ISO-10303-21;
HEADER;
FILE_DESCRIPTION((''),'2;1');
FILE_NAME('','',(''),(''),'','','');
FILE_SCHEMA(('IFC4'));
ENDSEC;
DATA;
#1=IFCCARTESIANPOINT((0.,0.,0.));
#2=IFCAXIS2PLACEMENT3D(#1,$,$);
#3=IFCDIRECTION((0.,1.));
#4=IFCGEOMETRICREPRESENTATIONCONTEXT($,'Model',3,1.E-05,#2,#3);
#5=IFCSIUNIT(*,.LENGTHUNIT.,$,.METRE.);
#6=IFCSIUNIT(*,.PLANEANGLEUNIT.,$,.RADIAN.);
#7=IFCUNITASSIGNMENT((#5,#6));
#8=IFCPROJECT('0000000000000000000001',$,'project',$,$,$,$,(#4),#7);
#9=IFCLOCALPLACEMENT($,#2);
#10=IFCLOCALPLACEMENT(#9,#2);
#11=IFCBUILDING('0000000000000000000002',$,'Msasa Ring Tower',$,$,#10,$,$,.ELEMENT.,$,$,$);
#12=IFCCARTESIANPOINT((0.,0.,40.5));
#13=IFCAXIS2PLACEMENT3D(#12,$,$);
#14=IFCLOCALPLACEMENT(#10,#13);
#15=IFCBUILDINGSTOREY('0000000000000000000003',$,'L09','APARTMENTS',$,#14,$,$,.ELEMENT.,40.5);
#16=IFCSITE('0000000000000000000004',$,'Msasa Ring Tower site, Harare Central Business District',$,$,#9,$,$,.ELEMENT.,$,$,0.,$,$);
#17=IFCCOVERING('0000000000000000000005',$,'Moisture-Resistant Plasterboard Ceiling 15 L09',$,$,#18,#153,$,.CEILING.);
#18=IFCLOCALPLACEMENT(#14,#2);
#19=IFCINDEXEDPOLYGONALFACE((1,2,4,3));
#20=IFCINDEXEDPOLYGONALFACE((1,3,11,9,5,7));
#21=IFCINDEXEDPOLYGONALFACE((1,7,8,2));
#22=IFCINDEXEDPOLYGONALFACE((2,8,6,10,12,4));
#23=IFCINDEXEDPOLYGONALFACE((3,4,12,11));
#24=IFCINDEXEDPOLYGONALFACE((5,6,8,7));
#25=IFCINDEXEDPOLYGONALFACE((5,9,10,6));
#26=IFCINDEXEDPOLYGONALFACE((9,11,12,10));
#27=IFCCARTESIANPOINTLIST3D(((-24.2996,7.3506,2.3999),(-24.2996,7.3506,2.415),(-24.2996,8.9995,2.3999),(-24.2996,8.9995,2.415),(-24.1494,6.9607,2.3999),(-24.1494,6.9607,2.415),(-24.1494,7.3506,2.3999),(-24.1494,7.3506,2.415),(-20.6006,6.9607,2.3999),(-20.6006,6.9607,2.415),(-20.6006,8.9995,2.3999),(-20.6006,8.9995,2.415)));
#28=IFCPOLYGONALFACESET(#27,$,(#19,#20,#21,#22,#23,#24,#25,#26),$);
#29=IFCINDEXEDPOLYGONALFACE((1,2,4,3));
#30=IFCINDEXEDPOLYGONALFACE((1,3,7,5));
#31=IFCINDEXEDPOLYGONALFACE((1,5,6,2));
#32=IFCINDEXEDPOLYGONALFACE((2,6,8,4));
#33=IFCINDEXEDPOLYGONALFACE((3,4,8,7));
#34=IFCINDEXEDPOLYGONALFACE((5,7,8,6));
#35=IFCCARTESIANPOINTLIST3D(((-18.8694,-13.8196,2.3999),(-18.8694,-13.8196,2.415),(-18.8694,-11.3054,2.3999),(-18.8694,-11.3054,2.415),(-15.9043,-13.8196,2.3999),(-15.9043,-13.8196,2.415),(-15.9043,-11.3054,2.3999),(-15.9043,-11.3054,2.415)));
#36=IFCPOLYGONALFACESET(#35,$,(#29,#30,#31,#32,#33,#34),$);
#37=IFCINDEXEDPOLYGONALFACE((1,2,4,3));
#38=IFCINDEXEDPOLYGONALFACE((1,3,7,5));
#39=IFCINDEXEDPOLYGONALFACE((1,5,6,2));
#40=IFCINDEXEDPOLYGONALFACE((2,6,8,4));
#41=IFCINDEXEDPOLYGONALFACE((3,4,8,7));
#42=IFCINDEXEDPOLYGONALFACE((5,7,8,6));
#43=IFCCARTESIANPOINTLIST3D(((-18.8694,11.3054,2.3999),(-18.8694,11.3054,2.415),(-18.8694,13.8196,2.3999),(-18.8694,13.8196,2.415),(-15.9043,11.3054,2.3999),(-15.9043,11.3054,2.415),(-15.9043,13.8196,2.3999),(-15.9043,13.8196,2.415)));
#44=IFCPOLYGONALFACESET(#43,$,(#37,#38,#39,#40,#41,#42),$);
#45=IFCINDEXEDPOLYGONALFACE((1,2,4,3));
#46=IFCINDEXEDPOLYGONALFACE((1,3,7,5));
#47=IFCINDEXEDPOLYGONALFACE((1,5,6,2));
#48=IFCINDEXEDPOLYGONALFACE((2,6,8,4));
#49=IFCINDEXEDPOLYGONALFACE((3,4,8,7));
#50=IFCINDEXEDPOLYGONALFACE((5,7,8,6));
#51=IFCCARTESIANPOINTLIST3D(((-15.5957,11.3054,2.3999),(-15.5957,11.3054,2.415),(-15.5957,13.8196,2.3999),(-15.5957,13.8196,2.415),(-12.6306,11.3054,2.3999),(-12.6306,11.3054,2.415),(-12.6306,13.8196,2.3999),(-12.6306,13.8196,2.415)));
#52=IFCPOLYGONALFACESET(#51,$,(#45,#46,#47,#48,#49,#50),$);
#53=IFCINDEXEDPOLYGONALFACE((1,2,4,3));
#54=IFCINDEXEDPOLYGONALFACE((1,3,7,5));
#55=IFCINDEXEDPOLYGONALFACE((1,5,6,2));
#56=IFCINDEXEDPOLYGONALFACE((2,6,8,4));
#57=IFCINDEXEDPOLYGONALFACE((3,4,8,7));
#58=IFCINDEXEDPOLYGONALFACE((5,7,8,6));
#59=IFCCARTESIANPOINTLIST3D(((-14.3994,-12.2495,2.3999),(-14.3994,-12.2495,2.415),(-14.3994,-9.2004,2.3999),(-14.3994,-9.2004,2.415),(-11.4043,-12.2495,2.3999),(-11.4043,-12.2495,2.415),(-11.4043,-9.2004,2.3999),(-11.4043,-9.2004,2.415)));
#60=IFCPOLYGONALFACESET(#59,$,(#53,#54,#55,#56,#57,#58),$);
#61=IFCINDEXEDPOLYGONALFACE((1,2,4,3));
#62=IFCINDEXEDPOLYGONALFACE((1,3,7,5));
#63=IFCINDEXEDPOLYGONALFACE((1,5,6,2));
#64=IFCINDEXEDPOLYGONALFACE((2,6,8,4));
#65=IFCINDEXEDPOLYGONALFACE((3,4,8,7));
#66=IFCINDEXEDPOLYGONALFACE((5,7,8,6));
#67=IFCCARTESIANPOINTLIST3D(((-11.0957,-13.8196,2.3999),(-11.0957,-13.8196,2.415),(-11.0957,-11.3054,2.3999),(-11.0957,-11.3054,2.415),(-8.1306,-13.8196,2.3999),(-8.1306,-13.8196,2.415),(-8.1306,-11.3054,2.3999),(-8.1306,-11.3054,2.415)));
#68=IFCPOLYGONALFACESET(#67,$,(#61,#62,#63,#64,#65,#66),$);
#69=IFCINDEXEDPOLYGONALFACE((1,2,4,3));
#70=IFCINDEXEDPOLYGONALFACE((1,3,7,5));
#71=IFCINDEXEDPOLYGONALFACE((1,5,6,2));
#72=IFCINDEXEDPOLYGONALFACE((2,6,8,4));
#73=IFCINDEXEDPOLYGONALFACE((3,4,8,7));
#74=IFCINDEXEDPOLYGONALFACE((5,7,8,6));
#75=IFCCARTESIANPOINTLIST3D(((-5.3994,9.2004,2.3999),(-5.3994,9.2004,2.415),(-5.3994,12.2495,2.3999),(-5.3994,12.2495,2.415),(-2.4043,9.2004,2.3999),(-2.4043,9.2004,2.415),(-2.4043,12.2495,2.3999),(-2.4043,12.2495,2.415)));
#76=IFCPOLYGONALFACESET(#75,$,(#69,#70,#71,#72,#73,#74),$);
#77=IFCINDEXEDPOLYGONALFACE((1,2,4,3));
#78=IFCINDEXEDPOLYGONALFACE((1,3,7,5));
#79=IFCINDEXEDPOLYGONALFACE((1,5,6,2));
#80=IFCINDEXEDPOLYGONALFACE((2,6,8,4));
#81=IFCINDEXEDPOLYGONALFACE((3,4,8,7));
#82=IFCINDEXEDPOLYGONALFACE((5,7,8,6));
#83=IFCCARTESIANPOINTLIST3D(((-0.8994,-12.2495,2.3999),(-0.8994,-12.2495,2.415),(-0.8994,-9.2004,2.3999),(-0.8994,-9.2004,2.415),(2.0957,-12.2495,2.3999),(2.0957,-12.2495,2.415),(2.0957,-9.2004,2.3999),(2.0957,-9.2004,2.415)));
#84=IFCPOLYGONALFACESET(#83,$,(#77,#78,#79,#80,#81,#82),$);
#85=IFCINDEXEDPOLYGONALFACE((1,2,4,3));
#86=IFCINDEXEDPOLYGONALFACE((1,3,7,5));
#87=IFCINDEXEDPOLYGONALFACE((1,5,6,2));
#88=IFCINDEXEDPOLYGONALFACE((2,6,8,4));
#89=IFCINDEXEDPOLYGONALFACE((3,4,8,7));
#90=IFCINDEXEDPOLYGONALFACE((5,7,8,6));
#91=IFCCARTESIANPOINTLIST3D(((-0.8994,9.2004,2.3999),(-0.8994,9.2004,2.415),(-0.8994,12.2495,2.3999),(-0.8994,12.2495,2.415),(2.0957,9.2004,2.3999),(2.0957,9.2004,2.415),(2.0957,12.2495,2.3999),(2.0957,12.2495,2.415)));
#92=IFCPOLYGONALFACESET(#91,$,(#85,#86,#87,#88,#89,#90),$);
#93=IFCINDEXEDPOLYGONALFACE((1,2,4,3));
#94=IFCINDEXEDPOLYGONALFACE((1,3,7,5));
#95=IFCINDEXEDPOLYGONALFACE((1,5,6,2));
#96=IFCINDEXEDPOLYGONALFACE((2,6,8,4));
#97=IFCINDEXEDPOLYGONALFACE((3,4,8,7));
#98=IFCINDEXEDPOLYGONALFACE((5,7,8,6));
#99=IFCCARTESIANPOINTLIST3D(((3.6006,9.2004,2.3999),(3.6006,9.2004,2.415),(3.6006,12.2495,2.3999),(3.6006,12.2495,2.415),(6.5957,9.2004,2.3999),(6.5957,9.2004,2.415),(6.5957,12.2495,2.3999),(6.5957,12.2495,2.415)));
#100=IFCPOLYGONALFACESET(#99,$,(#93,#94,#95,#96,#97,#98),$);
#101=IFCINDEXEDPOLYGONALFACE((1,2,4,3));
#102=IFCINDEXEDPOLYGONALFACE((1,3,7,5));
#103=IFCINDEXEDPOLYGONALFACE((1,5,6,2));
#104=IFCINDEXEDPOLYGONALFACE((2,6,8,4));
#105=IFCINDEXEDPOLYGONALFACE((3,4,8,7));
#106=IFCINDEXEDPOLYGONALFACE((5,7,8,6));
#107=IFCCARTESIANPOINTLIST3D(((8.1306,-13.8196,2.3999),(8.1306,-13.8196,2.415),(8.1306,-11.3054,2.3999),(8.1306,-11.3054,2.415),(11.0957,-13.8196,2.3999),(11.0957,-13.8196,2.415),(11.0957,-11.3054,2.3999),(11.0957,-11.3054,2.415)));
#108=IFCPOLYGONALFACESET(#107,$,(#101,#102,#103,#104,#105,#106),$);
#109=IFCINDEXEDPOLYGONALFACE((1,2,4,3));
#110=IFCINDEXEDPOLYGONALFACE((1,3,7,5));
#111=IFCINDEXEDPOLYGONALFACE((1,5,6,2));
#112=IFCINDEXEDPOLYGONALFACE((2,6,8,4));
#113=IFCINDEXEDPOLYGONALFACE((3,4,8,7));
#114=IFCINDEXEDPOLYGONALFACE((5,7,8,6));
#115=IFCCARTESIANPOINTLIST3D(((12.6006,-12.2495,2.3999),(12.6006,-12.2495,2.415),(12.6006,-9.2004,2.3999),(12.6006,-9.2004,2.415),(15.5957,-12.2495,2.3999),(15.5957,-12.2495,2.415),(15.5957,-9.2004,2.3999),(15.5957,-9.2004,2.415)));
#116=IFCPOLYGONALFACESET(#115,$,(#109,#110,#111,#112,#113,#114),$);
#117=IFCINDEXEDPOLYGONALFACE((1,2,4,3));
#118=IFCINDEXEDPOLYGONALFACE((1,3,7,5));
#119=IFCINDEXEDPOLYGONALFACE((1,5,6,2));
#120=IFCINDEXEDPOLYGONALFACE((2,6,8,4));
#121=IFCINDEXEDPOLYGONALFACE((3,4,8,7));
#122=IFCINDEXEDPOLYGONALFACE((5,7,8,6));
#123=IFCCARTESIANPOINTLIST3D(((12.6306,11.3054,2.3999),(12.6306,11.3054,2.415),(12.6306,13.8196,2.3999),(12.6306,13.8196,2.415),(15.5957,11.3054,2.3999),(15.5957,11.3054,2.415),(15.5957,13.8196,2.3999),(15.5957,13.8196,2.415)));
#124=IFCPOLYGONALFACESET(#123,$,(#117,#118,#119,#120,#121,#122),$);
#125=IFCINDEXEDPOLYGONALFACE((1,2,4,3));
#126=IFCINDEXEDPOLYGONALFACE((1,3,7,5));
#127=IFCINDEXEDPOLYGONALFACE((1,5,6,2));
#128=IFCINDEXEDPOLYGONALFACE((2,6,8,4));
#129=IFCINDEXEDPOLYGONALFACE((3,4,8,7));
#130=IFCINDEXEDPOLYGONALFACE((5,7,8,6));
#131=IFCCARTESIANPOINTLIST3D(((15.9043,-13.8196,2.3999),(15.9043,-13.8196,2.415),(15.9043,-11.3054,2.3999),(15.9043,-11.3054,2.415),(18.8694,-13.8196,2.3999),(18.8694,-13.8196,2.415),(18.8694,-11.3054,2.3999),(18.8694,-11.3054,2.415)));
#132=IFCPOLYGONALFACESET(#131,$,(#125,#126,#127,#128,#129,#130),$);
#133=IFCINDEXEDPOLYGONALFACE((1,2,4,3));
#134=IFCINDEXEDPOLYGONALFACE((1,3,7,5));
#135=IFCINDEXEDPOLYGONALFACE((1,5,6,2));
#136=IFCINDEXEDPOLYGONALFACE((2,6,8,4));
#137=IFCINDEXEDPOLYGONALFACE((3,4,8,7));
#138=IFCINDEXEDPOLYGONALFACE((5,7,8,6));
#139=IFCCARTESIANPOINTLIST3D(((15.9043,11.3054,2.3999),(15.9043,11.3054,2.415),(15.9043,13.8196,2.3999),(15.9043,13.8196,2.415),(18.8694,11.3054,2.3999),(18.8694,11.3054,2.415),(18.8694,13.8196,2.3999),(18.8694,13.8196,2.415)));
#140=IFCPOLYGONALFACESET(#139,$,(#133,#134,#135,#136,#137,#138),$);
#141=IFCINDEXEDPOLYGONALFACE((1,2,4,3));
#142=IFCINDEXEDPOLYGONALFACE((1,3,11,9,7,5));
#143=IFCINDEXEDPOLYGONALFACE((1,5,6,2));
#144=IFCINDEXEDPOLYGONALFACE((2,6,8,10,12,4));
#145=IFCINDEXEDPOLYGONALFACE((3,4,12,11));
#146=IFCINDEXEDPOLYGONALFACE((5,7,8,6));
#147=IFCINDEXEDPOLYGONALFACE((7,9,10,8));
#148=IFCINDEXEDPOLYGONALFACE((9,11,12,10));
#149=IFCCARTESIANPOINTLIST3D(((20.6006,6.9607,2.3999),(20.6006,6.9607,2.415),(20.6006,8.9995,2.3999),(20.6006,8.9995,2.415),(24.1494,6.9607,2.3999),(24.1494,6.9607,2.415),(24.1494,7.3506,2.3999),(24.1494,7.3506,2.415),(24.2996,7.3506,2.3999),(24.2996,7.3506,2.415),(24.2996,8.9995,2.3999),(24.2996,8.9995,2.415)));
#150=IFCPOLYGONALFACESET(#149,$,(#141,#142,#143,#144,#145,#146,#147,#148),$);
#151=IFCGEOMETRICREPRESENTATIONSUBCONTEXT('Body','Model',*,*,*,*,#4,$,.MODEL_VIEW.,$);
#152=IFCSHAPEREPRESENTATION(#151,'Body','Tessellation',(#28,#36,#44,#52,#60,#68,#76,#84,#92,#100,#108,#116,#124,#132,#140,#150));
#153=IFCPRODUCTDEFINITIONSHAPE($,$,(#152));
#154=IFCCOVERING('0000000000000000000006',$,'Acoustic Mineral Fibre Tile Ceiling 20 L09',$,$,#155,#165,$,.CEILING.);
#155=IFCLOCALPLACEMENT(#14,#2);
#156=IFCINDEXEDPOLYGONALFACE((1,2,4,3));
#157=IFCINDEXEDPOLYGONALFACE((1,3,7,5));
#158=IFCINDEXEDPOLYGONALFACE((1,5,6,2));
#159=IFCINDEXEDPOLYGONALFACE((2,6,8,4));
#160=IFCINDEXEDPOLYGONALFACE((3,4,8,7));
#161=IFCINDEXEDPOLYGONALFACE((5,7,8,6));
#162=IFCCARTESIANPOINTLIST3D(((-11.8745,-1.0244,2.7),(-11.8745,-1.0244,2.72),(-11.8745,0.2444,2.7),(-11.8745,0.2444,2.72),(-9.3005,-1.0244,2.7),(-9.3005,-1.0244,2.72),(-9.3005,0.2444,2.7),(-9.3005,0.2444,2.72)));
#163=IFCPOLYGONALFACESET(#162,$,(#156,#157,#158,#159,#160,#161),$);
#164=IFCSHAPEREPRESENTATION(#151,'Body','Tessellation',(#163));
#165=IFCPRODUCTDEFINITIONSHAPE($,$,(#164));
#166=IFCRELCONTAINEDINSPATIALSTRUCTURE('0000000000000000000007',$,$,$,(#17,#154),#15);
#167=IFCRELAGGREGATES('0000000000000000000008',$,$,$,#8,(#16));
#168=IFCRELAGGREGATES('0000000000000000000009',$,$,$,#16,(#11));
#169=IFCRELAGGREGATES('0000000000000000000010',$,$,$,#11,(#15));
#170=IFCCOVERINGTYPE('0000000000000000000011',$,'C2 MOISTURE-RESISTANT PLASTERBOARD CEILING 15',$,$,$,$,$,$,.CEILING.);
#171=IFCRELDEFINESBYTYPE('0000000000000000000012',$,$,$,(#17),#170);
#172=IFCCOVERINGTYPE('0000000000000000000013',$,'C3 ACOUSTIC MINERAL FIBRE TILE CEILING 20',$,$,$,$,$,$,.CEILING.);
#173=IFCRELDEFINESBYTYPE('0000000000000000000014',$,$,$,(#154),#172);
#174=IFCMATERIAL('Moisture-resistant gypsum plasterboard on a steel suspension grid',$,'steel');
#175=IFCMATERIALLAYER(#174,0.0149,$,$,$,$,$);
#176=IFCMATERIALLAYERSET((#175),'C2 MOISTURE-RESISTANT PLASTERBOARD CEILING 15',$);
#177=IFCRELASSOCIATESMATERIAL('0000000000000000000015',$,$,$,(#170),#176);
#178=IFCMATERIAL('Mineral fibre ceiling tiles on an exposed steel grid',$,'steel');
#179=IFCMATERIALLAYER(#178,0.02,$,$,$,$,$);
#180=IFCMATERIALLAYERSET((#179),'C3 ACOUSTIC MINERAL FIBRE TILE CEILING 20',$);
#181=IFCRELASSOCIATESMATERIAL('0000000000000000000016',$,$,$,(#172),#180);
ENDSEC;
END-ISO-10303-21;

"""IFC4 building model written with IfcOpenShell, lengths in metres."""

from ifc_helpers import new_model, si_unit, direction, frame, origin, place, context, subcontext, project, spatial, line, indexed_curve, outline, extrude, material, layer, layer_set, type_object, element, save


model = new_model("IFC4")

# Units and contexts
model_context = context("Model", 3, precision=1e-05, world=origin(), true_north=direction((0.0, 1.0)))
body_context = subcontext(model_context, "Body", "Model", "MODEL_VIEW")
ifc_project = project(units=[si_unit("LENGTHUNIT", "METRE"), si_unit("PLANEANGLEUNIT", "RADIAN")], contexts=[model_context])

# Site, building, storey
site_placement = place(None, origin())
site = spatial("IfcSite", under=ifc_project, at=site_placement, Name="Msasa Ring Tower site, Harare Central Business District", CompositionType="ELEMENT", RefElevation=0.0)
building_placement = place(site_placement, origin())
building = spatial("IfcBuilding", under=site, at=building_placement, Name="Msasa Ring Tower", CompositionType="ELEMENT")
storey_placement = place(building_placement, frame((0.0, 0.0, 40.5)))
storey = spatial("IfcBuildingStorey", under=building, at=storey_placement, Name="L09", Description="APARTMENTS", CompositionType="ELEMENT", Elevation=40.5)

# Coverings
ifc_material_1 = material(Name="Moisture-resistant gypsum plasterboard on a steel suspension grid", Category="steel")
ifc_layer_1 = layer(ifc_material_1, 0.0149)
ifc_layer_set_1 = layer_set([ifc_layer_1], Name="C2 MOISTURE-RESISTANT PLASTERBOARD CEILING 15")
covering_type_1 = type_object("IfcCoveringType", Name="C2 MOISTURE-RESISTANT PLASTERBOARD CEILING 15", PredefinedType="CEILING", material=ifc_layer_set_1)
covering_1_placement = place(storey_placement, frame((0.0, 0.0, 2.3999)))
element("IfcCovering", 1, at=covering_1_placement, inside=storey, type_object=covering_type_1, Name="Moisture-Resistant Plasterboard Ceiling 15 L09", PredefinedType="CEILING", context=body_context, shape_type="SweptSolid", body=[
    extrude(outline(indexed_curve([(-20.6006, 6.9607), (-24.1494, 6.9607), (-24.1494, 7.3506), (-24.2996, 7.3506), (-24.2996, 8.9995), (-20.6006, 8.9995)], segments=[line(1, 2, 3, 4, 5, 6, 1)], self_intersect=False)), origin(), (0.0, 0.0, 1.0), 0.0151),
    extrude(outline(indexed_curve([(-18.8694, -11.3054), (-15.9043, -11.3054), (-15.9043, -13.8196), (-18.8694, -13.8196)], segments=[line(1, 2, 3, 4, 1)], self_intersect=False)), origin(), (0.0, 0.0, 1.0), 0.0151),
    extrude(outline(indexed_curve([(-18.8694, 13.8196), (-15.9043, 13.8196), (-15.9043, 11.3054), (-18.8694, 11.3054)], segments=[line(1, 2, 3, 4, 1)], self_intersect=False)), origin(), (0.0, 0.0, 1.0), 0.0151),
    extrude(outline(indexed_curve([(-12.6306, 13.8196), (-12.6306, 11.3054), (-15.5957, 11.3054), (-15.5957, 13.8196)], segments=[line(1, 2, 3, 4, 1)], self_intersect=False)), origin(), (0.0, 0.0, 1.0), 0.0151),
    extrude(outline(indexed_curve([(-14.3994, -9.2004), (-11.4043, -9.2004), (-11.4043, -12.2495), (-14.3994, -12.2495)], segments=[line(1, 2, 3, 4, 1)], self_intersect=False)), origin(), (0.0, 0.0, 1.0), 0.0151),
    extrude(outline(indexed_curve([(-8.1306, -11.3054), (-8.1306, -13.8196), (-11.0957, -13.8196), (-11.0957, -11.3054)], segments=[line(1, 2, 3, 4, 1)], self_intersect=False)), origin(), (0.0, 0.0, 1.0), 0.0151),
    extrude(outline(indexed_curve([(-5.3994, 12.2495), (-2.4043, 12.2495), (-2.4043, 9.2004), (-5.3994, 9.2004)], segments=[line(1, 2, 3, 4, 1)], self_intersect=False)), origin(), (0.0, 0.0, 1.0), 0.0151),
    extrude(outline(indexed_curve([(-0.8994, -9.2004), (2.0957, -9.2004), (2.0957, -12.2495), (-0.8994, -12.2495)], segments=[line(1, 2, 3, 4, 1)], self_intersect=False)), origin(), (0.0, 0.0, 1.0), 0.0151),
    extrude(outline(indexed_curve([(-0.8994, 12.2495), (2.0957, 12.2495), (2.0957, 9.2004), (-0.8994, 9.2004)], segments=[line(1, 2, 3, 4, 1)], self_intersect=False)), origin(), (0.0, 0.0, 1.0), 0.0151),
    extrude(outline(indexed_curve([(3.6006, 12.2495), (6.5957, 12.2495), (6.5957, 9.2004), (3.6006, 9.2004)], segments=[line(1, 2, 3, 4, 1)], self_intersect=False)), origin(), (0.0, 0.0, 1.0), 0.0151),
    extrude(outline(indexed_curve([(8.1306, -11.3054), (11.0957, -11.3054), (11.0957, -13.8196), (8.1306, -13.8196)], segments=[line(1, 2, 3, 4, 1)], self_intersect=False)), origin(), (0.0, 0.0, 1.0), 0.0151),
    extrude(outline(indexed_curve([(12.6006, -9.2004), (15.5957, -9.2004), (15.5957, -12.2495), (12.6006, -12.2495)], segments=[line(1, 2, 3, 4, 1)], self_intersect=False)), origin(), (0.0, 0.0, 1.0), 0.0151),
    extrude(outline(indexed_curve([(12.6306, 13.8196), (15.5957, 13.8196), (15.5957, 11.3054), (12.6306, 11.3054)], segments=[line(1, 2, 3, 4, 1)], self_intersect=False)), origin(), (0.0, 0.0, 1.0), 0.0151),
    extrude(outline(indexed_curve([(18.8694, -11.3054), (18.8694, -13.8196), (15.9043, -13.8196), (15.9043, -11.3054)], segments=[line(1, 2, 3, 4, 1)], self_intersect=False)), origin(), (0.0, 0.0, 1.0), 0.0151),
    extrude(outline(indexed_curve([(18.8694, 13.8196), (18.8694, 11.3054), (15.9043, 11.3054), (15.9043, 13.8196)], segments=[line(1, 2, 3, 4, 1)], self_intersect=False)), origin(), (0.0, 0.0, 1.0), 0.0151),
    extrude(outline(indexed_curve([(20.6006, 8.9995), (24.2996, 8.9995), (24.2996, 7.3506), (24.1494, 7.3506), (24.1494, 6.9607), (20.6006, 6.9607)], segments=[line(1, 2, 3, 4, 5, 6, 1)], self_intersect=False)), origin(), (0.0, 0.0, 1.0), 0.0151),
])
ifc_material_2 = material(Name="Mineral fibre ceiling tiles on an exposed steel grid", Category="steel")
ifc_layer_2 = layer(ifc_material_2, 0.02)
ifc_layer_set_2 = layer_set([ifc_layer_2], Name="C3 ACOUSTIC MINERAL FIBRE TILE CEILING 20")
covering_type_2 = type_object("IfcCoveringType", Name="C3 ACOUSTIC MINERAL FIBRE TILE CEILING 20", PredefinedType="CEILING", material=ifc_layer_set_2)
covering_2_placement = place(storey_placement, frame((0.0, 0.0, 2.7)))
element("IfcCovering", 2, at=covering_2_placement, inside=storey, type_object=covering_type_2, Name="Acoustic Mineral Fibre Tile Ceiling 20 L09", PredefinedType="CEILING", context=body_context, shape_type="SweptSolid", body=[
    extrude(outline(indexed_curve([(-11.8745, 0.2444), (-9.3005, 0.2444), (-9.3005, -1.0244), (-11.8745, -1.0244)], segments=[line(1, 2, 3, 4, 1)], self_intersect=False)), origin(), (0.0, 0.0, 1.0), 0.02),
])

save(model, "model.ifc")
